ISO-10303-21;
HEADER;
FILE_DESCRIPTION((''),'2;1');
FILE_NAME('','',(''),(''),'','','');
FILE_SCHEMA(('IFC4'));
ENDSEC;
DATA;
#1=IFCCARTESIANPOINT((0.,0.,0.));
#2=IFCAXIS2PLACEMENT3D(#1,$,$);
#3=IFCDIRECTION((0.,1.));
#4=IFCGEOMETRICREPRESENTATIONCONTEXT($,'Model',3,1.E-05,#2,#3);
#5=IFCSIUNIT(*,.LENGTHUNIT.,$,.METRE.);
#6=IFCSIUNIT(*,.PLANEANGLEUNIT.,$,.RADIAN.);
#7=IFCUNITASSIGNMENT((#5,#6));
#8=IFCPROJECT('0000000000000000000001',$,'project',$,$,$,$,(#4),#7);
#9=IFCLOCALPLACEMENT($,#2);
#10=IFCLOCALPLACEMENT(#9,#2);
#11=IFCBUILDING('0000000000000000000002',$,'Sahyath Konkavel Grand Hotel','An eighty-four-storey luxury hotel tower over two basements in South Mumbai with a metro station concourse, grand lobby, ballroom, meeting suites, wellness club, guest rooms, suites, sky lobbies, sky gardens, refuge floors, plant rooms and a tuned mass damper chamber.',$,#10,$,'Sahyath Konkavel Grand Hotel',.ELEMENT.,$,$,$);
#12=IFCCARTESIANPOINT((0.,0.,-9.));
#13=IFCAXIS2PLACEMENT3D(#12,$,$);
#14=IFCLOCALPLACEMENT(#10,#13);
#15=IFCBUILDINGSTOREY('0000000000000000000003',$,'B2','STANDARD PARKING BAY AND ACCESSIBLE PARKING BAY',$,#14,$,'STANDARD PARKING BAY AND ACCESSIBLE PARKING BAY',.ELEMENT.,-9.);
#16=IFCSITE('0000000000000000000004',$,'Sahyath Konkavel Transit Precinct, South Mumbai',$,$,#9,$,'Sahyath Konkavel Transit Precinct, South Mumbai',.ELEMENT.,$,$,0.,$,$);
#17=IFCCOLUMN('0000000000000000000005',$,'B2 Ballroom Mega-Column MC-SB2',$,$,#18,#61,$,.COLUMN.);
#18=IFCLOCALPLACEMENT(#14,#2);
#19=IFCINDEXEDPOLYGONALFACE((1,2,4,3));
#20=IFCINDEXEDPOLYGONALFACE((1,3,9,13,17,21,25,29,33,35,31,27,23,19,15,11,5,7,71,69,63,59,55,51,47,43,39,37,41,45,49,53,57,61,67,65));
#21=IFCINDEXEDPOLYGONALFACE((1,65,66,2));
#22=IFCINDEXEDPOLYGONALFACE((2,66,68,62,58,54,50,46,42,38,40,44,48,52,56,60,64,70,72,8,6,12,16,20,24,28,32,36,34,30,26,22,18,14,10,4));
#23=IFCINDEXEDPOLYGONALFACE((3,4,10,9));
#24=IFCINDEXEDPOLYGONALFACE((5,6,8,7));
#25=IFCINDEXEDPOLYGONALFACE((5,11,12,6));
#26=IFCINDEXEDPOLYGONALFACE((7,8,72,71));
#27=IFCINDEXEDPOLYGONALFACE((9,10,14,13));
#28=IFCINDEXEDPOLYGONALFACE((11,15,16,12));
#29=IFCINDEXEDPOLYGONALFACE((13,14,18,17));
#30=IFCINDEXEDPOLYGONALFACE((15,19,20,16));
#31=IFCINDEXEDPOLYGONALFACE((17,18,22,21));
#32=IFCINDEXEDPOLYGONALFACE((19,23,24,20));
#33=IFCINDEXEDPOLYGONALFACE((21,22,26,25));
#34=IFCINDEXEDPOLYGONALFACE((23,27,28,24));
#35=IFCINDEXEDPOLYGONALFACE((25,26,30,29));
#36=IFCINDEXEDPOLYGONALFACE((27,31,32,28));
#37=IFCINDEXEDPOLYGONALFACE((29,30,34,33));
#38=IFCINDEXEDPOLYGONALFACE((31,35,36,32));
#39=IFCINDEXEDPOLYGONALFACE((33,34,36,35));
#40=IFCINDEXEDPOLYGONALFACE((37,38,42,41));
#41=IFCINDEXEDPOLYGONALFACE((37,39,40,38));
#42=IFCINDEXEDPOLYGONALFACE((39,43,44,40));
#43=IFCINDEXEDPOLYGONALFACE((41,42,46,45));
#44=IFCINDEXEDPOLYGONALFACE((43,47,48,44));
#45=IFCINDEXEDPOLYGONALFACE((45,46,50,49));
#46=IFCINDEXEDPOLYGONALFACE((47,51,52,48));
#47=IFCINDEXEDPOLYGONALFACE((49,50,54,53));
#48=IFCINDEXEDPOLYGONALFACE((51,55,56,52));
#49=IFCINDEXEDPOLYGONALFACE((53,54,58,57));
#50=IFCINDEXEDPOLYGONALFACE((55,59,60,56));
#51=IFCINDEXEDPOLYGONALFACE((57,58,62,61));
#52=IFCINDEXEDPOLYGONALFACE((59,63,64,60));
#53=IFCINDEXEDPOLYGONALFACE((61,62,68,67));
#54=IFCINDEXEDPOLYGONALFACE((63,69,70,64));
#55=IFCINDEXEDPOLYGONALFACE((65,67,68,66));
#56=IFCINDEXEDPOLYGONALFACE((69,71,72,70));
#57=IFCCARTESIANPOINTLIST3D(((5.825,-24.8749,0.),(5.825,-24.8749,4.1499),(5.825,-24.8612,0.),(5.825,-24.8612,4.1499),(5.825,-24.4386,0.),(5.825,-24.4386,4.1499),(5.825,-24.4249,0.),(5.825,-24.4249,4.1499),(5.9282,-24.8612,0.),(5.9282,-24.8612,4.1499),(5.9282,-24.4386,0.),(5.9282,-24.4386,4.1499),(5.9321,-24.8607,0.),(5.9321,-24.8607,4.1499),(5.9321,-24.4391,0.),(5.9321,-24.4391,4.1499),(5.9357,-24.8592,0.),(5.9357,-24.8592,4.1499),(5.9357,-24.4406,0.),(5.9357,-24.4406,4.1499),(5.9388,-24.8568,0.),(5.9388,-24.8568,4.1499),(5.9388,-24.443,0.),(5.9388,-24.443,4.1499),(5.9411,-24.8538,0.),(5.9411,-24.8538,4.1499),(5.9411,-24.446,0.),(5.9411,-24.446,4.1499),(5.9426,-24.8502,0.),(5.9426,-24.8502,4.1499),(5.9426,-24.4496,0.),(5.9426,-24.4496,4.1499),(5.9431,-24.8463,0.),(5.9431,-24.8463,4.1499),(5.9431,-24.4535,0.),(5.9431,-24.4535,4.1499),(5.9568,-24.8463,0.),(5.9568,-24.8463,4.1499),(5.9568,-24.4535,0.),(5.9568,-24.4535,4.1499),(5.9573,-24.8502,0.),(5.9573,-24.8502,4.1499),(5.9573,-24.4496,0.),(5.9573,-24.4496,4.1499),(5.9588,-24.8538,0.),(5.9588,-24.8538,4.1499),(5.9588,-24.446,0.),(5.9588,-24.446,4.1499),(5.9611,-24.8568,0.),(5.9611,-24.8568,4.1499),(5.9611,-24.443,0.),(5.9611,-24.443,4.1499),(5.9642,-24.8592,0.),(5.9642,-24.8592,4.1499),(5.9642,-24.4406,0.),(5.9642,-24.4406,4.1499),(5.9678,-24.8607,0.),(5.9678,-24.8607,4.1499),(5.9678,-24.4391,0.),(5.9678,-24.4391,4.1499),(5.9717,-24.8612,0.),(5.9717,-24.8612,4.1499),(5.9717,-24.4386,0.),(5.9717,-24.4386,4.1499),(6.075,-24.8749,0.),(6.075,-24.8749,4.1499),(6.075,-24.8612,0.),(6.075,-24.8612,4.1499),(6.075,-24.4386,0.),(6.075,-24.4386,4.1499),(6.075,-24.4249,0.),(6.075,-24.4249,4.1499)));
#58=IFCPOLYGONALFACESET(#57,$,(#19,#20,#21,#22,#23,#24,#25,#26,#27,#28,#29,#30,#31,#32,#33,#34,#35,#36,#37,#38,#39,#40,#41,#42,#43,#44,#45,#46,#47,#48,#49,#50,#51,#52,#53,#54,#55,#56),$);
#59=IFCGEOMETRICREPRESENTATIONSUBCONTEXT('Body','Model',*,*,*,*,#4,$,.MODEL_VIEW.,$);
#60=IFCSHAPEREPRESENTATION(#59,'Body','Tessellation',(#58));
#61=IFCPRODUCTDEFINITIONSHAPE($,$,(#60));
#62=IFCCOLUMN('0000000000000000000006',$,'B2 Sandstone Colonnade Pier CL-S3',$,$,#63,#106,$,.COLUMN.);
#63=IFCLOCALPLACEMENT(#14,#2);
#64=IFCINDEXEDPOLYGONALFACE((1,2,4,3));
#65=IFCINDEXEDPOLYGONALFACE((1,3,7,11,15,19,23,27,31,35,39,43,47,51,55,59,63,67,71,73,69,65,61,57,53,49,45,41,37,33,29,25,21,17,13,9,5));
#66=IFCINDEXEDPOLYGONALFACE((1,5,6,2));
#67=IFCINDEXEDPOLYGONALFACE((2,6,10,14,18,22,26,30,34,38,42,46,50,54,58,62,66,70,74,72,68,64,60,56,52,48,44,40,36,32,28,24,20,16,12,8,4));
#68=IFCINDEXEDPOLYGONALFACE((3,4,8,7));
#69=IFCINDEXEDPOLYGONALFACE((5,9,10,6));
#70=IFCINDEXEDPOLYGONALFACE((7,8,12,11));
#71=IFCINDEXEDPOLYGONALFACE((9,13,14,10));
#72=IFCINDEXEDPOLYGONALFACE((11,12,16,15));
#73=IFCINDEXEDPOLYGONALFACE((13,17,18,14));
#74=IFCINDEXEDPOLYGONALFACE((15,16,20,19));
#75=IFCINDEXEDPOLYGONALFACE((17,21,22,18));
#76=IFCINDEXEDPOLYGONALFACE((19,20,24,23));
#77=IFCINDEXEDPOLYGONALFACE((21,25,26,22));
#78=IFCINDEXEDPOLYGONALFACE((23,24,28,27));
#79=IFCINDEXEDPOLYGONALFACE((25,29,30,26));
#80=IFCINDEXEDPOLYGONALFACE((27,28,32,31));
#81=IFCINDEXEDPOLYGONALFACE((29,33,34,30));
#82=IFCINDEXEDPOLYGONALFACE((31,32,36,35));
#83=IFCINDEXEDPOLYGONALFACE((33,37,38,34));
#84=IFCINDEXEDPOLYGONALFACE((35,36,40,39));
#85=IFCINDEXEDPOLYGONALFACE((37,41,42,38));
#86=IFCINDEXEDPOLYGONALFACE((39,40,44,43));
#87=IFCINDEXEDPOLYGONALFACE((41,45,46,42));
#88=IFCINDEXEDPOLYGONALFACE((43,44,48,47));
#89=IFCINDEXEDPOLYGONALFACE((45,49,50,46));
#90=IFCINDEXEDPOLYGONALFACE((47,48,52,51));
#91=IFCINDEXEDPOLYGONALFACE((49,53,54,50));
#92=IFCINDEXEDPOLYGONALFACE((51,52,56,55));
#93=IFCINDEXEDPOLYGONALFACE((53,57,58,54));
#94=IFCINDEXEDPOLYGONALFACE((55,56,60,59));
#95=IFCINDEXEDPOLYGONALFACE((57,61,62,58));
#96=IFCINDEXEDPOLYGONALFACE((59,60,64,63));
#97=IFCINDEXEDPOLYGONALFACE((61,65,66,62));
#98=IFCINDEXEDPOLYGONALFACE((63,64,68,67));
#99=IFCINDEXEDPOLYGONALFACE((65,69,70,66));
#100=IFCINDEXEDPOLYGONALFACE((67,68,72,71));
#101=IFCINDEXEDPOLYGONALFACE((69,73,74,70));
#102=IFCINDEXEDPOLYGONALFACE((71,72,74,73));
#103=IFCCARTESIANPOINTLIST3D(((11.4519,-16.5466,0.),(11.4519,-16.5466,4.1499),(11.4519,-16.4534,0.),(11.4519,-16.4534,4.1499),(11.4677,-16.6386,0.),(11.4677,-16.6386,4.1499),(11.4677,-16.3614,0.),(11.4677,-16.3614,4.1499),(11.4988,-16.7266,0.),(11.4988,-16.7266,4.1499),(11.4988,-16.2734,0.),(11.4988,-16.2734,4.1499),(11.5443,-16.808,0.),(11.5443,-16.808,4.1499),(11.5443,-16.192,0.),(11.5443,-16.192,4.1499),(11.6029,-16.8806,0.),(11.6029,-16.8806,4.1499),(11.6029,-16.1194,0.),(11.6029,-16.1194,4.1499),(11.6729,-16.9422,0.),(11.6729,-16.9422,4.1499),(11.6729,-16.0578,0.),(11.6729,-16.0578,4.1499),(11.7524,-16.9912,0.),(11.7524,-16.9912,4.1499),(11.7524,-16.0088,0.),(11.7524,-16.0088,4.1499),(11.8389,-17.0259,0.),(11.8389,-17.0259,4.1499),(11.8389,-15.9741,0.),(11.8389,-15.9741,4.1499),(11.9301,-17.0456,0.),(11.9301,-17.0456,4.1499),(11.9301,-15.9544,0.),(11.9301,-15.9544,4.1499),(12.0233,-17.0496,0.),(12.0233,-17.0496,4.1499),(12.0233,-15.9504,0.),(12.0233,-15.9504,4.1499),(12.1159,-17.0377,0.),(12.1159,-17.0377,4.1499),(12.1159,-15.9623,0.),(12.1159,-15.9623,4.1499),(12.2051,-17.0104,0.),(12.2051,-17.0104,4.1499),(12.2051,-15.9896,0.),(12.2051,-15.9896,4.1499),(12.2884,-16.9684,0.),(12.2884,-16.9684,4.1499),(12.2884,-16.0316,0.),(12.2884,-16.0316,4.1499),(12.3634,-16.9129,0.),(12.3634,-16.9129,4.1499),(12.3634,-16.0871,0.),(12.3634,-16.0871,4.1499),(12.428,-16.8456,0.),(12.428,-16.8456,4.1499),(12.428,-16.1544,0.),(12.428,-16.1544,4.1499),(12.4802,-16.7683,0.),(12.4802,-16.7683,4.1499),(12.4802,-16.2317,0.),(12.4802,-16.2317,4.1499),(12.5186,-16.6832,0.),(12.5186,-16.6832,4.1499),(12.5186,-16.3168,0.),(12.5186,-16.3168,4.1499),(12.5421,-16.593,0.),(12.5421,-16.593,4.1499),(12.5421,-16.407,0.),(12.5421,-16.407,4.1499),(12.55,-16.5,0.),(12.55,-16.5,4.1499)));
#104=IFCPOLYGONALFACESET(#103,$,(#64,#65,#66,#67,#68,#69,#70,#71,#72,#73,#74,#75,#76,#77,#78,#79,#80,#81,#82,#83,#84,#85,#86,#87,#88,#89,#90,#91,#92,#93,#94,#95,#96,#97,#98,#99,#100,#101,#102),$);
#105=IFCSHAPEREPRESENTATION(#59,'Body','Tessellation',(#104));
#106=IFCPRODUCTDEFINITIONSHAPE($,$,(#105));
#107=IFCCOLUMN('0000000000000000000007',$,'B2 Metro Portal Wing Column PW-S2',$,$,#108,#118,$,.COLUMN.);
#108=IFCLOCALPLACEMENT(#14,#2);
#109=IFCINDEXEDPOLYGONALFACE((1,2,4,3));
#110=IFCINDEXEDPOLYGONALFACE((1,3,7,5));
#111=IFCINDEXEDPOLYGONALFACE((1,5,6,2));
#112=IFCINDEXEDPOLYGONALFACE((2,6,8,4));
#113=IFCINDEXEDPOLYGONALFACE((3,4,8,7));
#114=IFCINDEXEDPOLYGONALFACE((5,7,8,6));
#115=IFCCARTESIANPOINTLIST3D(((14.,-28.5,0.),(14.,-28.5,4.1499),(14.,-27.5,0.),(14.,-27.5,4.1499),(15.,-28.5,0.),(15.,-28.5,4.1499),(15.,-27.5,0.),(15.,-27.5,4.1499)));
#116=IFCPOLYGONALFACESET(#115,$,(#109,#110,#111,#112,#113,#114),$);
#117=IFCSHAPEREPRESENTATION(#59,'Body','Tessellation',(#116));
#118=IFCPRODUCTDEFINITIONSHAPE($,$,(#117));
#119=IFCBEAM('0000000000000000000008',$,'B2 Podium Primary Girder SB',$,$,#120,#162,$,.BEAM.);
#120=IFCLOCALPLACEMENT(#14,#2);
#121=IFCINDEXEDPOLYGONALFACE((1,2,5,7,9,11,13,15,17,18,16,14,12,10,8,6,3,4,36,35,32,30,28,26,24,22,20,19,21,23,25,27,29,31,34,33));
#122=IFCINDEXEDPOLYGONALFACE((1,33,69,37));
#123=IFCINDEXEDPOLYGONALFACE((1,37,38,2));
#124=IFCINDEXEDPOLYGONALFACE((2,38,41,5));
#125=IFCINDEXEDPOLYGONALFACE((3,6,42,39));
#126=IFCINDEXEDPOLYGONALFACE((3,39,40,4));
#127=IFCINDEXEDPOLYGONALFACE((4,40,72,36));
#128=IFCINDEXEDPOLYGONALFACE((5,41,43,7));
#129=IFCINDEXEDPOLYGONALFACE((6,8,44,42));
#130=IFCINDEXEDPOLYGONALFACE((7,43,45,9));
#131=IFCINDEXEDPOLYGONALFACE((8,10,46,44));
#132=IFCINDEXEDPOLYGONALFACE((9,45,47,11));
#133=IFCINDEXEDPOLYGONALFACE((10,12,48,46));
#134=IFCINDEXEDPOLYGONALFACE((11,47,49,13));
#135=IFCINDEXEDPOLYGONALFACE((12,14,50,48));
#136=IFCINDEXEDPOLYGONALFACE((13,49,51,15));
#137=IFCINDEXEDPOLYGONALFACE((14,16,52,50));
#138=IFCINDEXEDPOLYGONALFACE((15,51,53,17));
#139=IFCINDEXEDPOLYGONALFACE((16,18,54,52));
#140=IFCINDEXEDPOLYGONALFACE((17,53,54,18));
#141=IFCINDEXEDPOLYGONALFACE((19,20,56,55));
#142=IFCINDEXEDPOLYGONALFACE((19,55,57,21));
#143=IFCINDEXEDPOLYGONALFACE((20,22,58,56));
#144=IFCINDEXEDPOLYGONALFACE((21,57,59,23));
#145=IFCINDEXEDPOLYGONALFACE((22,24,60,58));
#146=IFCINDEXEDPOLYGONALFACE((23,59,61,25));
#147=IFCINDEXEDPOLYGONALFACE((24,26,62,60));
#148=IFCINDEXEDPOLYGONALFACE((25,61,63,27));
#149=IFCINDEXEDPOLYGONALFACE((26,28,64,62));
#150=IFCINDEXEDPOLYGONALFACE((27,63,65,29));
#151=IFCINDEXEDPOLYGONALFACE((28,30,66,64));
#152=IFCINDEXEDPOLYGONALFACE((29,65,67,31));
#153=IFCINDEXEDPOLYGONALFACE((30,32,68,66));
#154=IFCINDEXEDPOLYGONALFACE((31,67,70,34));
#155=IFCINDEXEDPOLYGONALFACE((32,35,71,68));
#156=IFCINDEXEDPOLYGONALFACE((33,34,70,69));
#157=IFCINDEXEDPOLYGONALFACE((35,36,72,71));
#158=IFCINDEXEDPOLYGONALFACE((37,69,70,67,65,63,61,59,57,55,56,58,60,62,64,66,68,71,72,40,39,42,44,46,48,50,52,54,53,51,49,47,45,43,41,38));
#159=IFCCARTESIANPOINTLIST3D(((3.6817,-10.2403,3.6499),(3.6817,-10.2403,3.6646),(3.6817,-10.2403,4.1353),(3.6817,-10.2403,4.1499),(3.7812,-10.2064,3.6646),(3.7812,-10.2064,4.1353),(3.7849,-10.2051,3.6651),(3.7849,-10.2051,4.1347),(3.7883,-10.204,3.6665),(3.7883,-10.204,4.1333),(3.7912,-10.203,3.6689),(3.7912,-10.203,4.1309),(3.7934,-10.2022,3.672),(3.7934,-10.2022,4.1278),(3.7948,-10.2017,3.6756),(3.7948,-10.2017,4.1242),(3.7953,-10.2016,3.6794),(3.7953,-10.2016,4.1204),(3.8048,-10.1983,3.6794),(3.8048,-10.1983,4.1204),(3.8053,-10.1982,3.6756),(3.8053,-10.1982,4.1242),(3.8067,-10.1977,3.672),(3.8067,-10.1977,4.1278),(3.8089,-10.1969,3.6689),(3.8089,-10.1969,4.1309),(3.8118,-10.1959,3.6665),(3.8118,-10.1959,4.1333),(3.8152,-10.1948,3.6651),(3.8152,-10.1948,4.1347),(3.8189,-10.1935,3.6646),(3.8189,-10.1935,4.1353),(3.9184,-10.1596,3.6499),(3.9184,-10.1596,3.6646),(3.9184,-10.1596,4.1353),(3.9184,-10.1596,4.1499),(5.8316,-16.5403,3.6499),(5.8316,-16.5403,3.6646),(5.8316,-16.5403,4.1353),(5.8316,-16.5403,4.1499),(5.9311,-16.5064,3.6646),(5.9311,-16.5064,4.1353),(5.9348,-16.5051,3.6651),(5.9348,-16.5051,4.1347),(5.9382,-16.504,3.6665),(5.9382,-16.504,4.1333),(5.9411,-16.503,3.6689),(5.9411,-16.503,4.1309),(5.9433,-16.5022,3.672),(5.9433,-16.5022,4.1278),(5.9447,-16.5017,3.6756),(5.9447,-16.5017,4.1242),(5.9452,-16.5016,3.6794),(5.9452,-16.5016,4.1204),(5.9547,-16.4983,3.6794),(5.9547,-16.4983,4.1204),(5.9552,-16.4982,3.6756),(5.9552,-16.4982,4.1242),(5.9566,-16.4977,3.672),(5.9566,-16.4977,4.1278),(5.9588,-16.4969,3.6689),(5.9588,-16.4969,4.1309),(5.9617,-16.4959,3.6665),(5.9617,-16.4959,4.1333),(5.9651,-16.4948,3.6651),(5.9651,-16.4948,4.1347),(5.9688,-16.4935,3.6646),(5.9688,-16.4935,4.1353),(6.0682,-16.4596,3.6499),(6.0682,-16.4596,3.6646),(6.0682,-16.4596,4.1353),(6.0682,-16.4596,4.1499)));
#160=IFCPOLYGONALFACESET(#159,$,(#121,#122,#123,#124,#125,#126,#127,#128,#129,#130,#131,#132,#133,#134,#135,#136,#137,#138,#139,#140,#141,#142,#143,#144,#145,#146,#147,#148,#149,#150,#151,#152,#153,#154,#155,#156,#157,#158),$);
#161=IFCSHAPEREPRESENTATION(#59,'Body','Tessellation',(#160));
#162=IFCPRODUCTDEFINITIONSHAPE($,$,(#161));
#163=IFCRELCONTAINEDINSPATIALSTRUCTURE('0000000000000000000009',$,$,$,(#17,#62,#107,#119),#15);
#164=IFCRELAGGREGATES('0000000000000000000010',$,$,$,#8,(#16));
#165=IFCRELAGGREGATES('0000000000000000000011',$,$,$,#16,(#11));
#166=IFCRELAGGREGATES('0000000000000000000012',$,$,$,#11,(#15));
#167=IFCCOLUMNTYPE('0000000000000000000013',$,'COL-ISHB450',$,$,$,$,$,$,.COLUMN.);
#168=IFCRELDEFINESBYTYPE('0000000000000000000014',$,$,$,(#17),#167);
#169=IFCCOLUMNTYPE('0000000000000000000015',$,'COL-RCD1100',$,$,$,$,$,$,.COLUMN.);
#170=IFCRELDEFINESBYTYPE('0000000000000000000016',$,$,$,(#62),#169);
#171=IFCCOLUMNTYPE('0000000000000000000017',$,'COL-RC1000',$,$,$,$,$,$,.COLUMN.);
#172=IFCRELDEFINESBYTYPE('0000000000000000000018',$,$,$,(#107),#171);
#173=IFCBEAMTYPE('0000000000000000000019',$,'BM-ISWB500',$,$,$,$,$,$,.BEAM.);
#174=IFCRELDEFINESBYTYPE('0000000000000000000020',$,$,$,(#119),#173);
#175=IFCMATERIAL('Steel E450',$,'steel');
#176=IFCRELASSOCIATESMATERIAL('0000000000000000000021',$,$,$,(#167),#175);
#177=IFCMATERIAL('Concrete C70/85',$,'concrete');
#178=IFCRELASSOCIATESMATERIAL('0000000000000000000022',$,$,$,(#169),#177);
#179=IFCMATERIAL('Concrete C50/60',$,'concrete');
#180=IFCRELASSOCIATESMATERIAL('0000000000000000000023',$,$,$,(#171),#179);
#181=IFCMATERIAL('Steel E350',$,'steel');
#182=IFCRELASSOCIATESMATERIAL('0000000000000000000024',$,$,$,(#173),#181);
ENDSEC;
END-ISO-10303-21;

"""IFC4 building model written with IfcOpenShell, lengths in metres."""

from ifc_helpers import new_model, si_unit, direction, frame, origin, origin_2d, place, context, subcontext, project, spatial, rectangle, circle, i_section, extrude, source, transform, mapped, material, material_profile, profile_set, type_object, element, save


model = new_model("IFC4")

# Units and contexts
model_context = context("Model", 3, precision=1e-05, world=origin(), true_north=direction((0.0, 1.0)))
body_context = subcontext(model_context, "Body", "Model", "MODEL_VIEW")
ifc_project = project(units=[si_unit("LENGTHUNIT", "METRE"), si_unit("PLANEANGLEUNIT", "RADIAN")], contexts=[model_context])

# Site, building, storey
site_placement = place(None, origin())
site = spatial("IfcSite", under=ifc_project, at=site_placement, Name="Sahyath Konkavel Transit Precinct, South Mumbai", LongName="Sahyath Konkavel Transit Precinct, South Mumbai", CompositionType="ELEMENT", RefElevation=0.0)
building_placement = place(site_placement, origin())
building = spatial("IfcBuilding", under=site, at=building_placement, Name="Sahyath Konkavel Grand Hotel", Description="An eighty-four-storey luxury hotel tower over two basements in South Mumbai with a metro station concourse, grand lobby, ballroom, meeting suites, wellness club, guest rooms, suites, sky lobbies, sky gardens, refuge floors, plant rooms and a tuned mass damper chamber.", LongName="Sahyath Konkavel Grand Hotel", CompositionType="ELEMENT")
storey_placement = place(building_placement, frame((0.0, 0.0, -9.0)))
storey = spatial("IfcBuildingStorey", under=building, at=storey_placement, Name="B2", Description="STANDARD PARKING BAY AND ACCESSIBLE PARKING BAY", LongName="STANDARD PARKING BAY AND ACCESSIBLE PARKING BAY", CompositionType="ELEMENT", Elevation=-9.0)

# Shared definitions
ifc_material_1 = material(Name="Concrete C50/60", Category="concrete")

# Columns
ifc_material_2 = material(Name="Concrete C70/85", Category="concrete")
ifc_material_3 = material(Name="Steel E450", Category="steel")
ifc_material_profile_1 = material_profile(ifc_material_3, i_section(OverallWidth=0.25, OverallDepth=0.45, WebThickness=0.0137, FlangeThickness=0.0137, FilletRadius=0.0149, at=origin_2d()), Name="ISHB 450")
ifc_profile_set_1 = profile_set([ifc_material_profile_1], Name="Steel E450")
column_type_1 = type_object("IfcColumnType", Name="COL-ISHB450", PredefinedType="COLUMN", material=ifc_profile_set_1)
shared_shape_1 = source(origin(), body_context, "Body", "SweptSolid", [
    extrude(i_section(OverallWidth=0.25, OverallDepth=0.45, WebThickness=0.0137, FlangeThickness=0.0137, FilletRadius=0.0149, at=origin_2d()), origin(), (0.0, 0.0, 1.0), 4.1499),
])
column_1_placement = place(storey_placement, frame((5.95, -24.6499, 0.0), z_axis=(0.0, 0.0, 1.0), x_axis=(1.0, 0.0, 0.0)))
element("IfcColumn", 1, at=column_1_placement, inside=storey, type_object=column_type_1, Name="B2 Ballroom Mega-Column MC-SB2", PredefinedType="COLUMN", context=body_context, shape_type="MappedRepresentation", body=[
    mapped(shared_shape_1, transform((0.0, 0.0, 0.0), scale=1.0)),
])
ifc_material_profile_2 = material_profile(ifc_material_2, circle(Radius=0.55, at=origin_2d()), Name="RC D1100")
ifc_profile_set_2 = profile_set([ifc_material_profile_2], Name="Concrete C70/85")
column_type_2 = type_object("IfcColumnType", Name="COL-RCD1100", PredefinedType="COLUMN", material=ifc_profile_set_2)
shared_shape_2 = source(origin(), body_context, "Body", "SweptSolid", [
    extrude(circle(Radius=0.55, at=origin_2d()), origin(), (0.0, 0.0, 1.0), 4.1499),
])
column_2_placement = place(storey_placement, frame((12.0, -16.5, 0.0), z_axis=(0.0, 0.0, 1.0), x_axis=(1.0, 0.0, 0.0)))
element("IfcColumn", 2, at=column_2_placement, inside=storey, type_object=column_type_2, Name="B2 Sandstone Colonnade Pier CL-S3", PredefinedType="COLUMN", context=body_context, shape_type="MappedRepresentation", body=[
    mapped(shared_shape_2, transform((0.0, 0.0, 0.0), scale=1.0)),
])
ifc_material_profile_3 = material_profile(ifc_material_1, rectangle(XDim=1.0, YDim=1.0, at=origin_2d()), Name="RC 1000x1000")
ifc_profile_set_3 = profile_set([ifc_material_profile_3], Name="Concrete C50/60")
column_type_3 = type_object("IfcColumnType", Name="COL-RC1000", PredefinedType="COLUMN", material=ifc_profile_set_3)
shared_shape_3 = source(origin(), body_context, "Body", "SweptSolid", [
    extrude(rectangle(XDim=1.0, YDim=1.0, at=origin_2d()), origin(), (0.0, 0.0, 1.0), 4.1499),
])
column_3_placement = place(storey_placement, frame((14.5, -28.0, 0.0), z_axis=(0.0, 0.0, 1.0), x_axis=(1.0, 0.0, 0.0)))
element("IfcColumn", 3, at=column_3_placement, inside=storey, type_object=column_type_3, Name="B2 Metro Portal Wing Column PW-S2", PredefinedType="COLUMN", context=body_context, shape_type="MappedRepresentation", body=[
    mapped(shared_shape_3, transform((0.0, 0.0, 0.0), scale=1.0)),
])

# Beam
ifc_material_4 = material(Name="Steel E350", Category="steel")
ifc_material_profile_4 = material_profile(ifc_material_4, i_section(OverallWidth=0.25, OverallDepth=0.5, WebThickness=0.01, FlangeThickness=0.0146, FilletRadius=0.0149, at=origin_2d()), Name="ISWB 500")
ifc_profile_set_4 = profile_set([ifc_material_profile_4], Name="Steel E350")
beam_type_1 = type_object("IfcBeamType", Name="BM-ISWB500", PredefinedType="BEAM", material=ifc_profile_set_4)
shared_shape_4 = source(origin(), body_context, "Body", "SweptSolid", [
    extrude(i_section(OverallWidth=0.25, OverallDepth=0.5, WebThickness=0.01, FlangeThickness=0.0146, FilletRadius=0.0149, at=origin_2d()), origin(), (0.0, 0.0, 1.0), 6.6567),
])
beam_1_placement = place(storey_placement, frame((3.8, -10.2, 3.8999), z_axis=(0.322964, -0.946411, 0.0), x_axis=(0.946411, 0.322964, 0.0)))
element("IfcBeam", 4, at=beam_1_placement, inside=storey, type_object=beam_type_1, Name="B2 Podium Primary Girder SB", PredefinedType="BEAM", context=body_context, shape_type="MappedRepresentation", body=[
    mapped(shared_shape_4, transform((0.0, 0.0, 0.0), scale=1.0)),
])

save(model, "model.ifc")
